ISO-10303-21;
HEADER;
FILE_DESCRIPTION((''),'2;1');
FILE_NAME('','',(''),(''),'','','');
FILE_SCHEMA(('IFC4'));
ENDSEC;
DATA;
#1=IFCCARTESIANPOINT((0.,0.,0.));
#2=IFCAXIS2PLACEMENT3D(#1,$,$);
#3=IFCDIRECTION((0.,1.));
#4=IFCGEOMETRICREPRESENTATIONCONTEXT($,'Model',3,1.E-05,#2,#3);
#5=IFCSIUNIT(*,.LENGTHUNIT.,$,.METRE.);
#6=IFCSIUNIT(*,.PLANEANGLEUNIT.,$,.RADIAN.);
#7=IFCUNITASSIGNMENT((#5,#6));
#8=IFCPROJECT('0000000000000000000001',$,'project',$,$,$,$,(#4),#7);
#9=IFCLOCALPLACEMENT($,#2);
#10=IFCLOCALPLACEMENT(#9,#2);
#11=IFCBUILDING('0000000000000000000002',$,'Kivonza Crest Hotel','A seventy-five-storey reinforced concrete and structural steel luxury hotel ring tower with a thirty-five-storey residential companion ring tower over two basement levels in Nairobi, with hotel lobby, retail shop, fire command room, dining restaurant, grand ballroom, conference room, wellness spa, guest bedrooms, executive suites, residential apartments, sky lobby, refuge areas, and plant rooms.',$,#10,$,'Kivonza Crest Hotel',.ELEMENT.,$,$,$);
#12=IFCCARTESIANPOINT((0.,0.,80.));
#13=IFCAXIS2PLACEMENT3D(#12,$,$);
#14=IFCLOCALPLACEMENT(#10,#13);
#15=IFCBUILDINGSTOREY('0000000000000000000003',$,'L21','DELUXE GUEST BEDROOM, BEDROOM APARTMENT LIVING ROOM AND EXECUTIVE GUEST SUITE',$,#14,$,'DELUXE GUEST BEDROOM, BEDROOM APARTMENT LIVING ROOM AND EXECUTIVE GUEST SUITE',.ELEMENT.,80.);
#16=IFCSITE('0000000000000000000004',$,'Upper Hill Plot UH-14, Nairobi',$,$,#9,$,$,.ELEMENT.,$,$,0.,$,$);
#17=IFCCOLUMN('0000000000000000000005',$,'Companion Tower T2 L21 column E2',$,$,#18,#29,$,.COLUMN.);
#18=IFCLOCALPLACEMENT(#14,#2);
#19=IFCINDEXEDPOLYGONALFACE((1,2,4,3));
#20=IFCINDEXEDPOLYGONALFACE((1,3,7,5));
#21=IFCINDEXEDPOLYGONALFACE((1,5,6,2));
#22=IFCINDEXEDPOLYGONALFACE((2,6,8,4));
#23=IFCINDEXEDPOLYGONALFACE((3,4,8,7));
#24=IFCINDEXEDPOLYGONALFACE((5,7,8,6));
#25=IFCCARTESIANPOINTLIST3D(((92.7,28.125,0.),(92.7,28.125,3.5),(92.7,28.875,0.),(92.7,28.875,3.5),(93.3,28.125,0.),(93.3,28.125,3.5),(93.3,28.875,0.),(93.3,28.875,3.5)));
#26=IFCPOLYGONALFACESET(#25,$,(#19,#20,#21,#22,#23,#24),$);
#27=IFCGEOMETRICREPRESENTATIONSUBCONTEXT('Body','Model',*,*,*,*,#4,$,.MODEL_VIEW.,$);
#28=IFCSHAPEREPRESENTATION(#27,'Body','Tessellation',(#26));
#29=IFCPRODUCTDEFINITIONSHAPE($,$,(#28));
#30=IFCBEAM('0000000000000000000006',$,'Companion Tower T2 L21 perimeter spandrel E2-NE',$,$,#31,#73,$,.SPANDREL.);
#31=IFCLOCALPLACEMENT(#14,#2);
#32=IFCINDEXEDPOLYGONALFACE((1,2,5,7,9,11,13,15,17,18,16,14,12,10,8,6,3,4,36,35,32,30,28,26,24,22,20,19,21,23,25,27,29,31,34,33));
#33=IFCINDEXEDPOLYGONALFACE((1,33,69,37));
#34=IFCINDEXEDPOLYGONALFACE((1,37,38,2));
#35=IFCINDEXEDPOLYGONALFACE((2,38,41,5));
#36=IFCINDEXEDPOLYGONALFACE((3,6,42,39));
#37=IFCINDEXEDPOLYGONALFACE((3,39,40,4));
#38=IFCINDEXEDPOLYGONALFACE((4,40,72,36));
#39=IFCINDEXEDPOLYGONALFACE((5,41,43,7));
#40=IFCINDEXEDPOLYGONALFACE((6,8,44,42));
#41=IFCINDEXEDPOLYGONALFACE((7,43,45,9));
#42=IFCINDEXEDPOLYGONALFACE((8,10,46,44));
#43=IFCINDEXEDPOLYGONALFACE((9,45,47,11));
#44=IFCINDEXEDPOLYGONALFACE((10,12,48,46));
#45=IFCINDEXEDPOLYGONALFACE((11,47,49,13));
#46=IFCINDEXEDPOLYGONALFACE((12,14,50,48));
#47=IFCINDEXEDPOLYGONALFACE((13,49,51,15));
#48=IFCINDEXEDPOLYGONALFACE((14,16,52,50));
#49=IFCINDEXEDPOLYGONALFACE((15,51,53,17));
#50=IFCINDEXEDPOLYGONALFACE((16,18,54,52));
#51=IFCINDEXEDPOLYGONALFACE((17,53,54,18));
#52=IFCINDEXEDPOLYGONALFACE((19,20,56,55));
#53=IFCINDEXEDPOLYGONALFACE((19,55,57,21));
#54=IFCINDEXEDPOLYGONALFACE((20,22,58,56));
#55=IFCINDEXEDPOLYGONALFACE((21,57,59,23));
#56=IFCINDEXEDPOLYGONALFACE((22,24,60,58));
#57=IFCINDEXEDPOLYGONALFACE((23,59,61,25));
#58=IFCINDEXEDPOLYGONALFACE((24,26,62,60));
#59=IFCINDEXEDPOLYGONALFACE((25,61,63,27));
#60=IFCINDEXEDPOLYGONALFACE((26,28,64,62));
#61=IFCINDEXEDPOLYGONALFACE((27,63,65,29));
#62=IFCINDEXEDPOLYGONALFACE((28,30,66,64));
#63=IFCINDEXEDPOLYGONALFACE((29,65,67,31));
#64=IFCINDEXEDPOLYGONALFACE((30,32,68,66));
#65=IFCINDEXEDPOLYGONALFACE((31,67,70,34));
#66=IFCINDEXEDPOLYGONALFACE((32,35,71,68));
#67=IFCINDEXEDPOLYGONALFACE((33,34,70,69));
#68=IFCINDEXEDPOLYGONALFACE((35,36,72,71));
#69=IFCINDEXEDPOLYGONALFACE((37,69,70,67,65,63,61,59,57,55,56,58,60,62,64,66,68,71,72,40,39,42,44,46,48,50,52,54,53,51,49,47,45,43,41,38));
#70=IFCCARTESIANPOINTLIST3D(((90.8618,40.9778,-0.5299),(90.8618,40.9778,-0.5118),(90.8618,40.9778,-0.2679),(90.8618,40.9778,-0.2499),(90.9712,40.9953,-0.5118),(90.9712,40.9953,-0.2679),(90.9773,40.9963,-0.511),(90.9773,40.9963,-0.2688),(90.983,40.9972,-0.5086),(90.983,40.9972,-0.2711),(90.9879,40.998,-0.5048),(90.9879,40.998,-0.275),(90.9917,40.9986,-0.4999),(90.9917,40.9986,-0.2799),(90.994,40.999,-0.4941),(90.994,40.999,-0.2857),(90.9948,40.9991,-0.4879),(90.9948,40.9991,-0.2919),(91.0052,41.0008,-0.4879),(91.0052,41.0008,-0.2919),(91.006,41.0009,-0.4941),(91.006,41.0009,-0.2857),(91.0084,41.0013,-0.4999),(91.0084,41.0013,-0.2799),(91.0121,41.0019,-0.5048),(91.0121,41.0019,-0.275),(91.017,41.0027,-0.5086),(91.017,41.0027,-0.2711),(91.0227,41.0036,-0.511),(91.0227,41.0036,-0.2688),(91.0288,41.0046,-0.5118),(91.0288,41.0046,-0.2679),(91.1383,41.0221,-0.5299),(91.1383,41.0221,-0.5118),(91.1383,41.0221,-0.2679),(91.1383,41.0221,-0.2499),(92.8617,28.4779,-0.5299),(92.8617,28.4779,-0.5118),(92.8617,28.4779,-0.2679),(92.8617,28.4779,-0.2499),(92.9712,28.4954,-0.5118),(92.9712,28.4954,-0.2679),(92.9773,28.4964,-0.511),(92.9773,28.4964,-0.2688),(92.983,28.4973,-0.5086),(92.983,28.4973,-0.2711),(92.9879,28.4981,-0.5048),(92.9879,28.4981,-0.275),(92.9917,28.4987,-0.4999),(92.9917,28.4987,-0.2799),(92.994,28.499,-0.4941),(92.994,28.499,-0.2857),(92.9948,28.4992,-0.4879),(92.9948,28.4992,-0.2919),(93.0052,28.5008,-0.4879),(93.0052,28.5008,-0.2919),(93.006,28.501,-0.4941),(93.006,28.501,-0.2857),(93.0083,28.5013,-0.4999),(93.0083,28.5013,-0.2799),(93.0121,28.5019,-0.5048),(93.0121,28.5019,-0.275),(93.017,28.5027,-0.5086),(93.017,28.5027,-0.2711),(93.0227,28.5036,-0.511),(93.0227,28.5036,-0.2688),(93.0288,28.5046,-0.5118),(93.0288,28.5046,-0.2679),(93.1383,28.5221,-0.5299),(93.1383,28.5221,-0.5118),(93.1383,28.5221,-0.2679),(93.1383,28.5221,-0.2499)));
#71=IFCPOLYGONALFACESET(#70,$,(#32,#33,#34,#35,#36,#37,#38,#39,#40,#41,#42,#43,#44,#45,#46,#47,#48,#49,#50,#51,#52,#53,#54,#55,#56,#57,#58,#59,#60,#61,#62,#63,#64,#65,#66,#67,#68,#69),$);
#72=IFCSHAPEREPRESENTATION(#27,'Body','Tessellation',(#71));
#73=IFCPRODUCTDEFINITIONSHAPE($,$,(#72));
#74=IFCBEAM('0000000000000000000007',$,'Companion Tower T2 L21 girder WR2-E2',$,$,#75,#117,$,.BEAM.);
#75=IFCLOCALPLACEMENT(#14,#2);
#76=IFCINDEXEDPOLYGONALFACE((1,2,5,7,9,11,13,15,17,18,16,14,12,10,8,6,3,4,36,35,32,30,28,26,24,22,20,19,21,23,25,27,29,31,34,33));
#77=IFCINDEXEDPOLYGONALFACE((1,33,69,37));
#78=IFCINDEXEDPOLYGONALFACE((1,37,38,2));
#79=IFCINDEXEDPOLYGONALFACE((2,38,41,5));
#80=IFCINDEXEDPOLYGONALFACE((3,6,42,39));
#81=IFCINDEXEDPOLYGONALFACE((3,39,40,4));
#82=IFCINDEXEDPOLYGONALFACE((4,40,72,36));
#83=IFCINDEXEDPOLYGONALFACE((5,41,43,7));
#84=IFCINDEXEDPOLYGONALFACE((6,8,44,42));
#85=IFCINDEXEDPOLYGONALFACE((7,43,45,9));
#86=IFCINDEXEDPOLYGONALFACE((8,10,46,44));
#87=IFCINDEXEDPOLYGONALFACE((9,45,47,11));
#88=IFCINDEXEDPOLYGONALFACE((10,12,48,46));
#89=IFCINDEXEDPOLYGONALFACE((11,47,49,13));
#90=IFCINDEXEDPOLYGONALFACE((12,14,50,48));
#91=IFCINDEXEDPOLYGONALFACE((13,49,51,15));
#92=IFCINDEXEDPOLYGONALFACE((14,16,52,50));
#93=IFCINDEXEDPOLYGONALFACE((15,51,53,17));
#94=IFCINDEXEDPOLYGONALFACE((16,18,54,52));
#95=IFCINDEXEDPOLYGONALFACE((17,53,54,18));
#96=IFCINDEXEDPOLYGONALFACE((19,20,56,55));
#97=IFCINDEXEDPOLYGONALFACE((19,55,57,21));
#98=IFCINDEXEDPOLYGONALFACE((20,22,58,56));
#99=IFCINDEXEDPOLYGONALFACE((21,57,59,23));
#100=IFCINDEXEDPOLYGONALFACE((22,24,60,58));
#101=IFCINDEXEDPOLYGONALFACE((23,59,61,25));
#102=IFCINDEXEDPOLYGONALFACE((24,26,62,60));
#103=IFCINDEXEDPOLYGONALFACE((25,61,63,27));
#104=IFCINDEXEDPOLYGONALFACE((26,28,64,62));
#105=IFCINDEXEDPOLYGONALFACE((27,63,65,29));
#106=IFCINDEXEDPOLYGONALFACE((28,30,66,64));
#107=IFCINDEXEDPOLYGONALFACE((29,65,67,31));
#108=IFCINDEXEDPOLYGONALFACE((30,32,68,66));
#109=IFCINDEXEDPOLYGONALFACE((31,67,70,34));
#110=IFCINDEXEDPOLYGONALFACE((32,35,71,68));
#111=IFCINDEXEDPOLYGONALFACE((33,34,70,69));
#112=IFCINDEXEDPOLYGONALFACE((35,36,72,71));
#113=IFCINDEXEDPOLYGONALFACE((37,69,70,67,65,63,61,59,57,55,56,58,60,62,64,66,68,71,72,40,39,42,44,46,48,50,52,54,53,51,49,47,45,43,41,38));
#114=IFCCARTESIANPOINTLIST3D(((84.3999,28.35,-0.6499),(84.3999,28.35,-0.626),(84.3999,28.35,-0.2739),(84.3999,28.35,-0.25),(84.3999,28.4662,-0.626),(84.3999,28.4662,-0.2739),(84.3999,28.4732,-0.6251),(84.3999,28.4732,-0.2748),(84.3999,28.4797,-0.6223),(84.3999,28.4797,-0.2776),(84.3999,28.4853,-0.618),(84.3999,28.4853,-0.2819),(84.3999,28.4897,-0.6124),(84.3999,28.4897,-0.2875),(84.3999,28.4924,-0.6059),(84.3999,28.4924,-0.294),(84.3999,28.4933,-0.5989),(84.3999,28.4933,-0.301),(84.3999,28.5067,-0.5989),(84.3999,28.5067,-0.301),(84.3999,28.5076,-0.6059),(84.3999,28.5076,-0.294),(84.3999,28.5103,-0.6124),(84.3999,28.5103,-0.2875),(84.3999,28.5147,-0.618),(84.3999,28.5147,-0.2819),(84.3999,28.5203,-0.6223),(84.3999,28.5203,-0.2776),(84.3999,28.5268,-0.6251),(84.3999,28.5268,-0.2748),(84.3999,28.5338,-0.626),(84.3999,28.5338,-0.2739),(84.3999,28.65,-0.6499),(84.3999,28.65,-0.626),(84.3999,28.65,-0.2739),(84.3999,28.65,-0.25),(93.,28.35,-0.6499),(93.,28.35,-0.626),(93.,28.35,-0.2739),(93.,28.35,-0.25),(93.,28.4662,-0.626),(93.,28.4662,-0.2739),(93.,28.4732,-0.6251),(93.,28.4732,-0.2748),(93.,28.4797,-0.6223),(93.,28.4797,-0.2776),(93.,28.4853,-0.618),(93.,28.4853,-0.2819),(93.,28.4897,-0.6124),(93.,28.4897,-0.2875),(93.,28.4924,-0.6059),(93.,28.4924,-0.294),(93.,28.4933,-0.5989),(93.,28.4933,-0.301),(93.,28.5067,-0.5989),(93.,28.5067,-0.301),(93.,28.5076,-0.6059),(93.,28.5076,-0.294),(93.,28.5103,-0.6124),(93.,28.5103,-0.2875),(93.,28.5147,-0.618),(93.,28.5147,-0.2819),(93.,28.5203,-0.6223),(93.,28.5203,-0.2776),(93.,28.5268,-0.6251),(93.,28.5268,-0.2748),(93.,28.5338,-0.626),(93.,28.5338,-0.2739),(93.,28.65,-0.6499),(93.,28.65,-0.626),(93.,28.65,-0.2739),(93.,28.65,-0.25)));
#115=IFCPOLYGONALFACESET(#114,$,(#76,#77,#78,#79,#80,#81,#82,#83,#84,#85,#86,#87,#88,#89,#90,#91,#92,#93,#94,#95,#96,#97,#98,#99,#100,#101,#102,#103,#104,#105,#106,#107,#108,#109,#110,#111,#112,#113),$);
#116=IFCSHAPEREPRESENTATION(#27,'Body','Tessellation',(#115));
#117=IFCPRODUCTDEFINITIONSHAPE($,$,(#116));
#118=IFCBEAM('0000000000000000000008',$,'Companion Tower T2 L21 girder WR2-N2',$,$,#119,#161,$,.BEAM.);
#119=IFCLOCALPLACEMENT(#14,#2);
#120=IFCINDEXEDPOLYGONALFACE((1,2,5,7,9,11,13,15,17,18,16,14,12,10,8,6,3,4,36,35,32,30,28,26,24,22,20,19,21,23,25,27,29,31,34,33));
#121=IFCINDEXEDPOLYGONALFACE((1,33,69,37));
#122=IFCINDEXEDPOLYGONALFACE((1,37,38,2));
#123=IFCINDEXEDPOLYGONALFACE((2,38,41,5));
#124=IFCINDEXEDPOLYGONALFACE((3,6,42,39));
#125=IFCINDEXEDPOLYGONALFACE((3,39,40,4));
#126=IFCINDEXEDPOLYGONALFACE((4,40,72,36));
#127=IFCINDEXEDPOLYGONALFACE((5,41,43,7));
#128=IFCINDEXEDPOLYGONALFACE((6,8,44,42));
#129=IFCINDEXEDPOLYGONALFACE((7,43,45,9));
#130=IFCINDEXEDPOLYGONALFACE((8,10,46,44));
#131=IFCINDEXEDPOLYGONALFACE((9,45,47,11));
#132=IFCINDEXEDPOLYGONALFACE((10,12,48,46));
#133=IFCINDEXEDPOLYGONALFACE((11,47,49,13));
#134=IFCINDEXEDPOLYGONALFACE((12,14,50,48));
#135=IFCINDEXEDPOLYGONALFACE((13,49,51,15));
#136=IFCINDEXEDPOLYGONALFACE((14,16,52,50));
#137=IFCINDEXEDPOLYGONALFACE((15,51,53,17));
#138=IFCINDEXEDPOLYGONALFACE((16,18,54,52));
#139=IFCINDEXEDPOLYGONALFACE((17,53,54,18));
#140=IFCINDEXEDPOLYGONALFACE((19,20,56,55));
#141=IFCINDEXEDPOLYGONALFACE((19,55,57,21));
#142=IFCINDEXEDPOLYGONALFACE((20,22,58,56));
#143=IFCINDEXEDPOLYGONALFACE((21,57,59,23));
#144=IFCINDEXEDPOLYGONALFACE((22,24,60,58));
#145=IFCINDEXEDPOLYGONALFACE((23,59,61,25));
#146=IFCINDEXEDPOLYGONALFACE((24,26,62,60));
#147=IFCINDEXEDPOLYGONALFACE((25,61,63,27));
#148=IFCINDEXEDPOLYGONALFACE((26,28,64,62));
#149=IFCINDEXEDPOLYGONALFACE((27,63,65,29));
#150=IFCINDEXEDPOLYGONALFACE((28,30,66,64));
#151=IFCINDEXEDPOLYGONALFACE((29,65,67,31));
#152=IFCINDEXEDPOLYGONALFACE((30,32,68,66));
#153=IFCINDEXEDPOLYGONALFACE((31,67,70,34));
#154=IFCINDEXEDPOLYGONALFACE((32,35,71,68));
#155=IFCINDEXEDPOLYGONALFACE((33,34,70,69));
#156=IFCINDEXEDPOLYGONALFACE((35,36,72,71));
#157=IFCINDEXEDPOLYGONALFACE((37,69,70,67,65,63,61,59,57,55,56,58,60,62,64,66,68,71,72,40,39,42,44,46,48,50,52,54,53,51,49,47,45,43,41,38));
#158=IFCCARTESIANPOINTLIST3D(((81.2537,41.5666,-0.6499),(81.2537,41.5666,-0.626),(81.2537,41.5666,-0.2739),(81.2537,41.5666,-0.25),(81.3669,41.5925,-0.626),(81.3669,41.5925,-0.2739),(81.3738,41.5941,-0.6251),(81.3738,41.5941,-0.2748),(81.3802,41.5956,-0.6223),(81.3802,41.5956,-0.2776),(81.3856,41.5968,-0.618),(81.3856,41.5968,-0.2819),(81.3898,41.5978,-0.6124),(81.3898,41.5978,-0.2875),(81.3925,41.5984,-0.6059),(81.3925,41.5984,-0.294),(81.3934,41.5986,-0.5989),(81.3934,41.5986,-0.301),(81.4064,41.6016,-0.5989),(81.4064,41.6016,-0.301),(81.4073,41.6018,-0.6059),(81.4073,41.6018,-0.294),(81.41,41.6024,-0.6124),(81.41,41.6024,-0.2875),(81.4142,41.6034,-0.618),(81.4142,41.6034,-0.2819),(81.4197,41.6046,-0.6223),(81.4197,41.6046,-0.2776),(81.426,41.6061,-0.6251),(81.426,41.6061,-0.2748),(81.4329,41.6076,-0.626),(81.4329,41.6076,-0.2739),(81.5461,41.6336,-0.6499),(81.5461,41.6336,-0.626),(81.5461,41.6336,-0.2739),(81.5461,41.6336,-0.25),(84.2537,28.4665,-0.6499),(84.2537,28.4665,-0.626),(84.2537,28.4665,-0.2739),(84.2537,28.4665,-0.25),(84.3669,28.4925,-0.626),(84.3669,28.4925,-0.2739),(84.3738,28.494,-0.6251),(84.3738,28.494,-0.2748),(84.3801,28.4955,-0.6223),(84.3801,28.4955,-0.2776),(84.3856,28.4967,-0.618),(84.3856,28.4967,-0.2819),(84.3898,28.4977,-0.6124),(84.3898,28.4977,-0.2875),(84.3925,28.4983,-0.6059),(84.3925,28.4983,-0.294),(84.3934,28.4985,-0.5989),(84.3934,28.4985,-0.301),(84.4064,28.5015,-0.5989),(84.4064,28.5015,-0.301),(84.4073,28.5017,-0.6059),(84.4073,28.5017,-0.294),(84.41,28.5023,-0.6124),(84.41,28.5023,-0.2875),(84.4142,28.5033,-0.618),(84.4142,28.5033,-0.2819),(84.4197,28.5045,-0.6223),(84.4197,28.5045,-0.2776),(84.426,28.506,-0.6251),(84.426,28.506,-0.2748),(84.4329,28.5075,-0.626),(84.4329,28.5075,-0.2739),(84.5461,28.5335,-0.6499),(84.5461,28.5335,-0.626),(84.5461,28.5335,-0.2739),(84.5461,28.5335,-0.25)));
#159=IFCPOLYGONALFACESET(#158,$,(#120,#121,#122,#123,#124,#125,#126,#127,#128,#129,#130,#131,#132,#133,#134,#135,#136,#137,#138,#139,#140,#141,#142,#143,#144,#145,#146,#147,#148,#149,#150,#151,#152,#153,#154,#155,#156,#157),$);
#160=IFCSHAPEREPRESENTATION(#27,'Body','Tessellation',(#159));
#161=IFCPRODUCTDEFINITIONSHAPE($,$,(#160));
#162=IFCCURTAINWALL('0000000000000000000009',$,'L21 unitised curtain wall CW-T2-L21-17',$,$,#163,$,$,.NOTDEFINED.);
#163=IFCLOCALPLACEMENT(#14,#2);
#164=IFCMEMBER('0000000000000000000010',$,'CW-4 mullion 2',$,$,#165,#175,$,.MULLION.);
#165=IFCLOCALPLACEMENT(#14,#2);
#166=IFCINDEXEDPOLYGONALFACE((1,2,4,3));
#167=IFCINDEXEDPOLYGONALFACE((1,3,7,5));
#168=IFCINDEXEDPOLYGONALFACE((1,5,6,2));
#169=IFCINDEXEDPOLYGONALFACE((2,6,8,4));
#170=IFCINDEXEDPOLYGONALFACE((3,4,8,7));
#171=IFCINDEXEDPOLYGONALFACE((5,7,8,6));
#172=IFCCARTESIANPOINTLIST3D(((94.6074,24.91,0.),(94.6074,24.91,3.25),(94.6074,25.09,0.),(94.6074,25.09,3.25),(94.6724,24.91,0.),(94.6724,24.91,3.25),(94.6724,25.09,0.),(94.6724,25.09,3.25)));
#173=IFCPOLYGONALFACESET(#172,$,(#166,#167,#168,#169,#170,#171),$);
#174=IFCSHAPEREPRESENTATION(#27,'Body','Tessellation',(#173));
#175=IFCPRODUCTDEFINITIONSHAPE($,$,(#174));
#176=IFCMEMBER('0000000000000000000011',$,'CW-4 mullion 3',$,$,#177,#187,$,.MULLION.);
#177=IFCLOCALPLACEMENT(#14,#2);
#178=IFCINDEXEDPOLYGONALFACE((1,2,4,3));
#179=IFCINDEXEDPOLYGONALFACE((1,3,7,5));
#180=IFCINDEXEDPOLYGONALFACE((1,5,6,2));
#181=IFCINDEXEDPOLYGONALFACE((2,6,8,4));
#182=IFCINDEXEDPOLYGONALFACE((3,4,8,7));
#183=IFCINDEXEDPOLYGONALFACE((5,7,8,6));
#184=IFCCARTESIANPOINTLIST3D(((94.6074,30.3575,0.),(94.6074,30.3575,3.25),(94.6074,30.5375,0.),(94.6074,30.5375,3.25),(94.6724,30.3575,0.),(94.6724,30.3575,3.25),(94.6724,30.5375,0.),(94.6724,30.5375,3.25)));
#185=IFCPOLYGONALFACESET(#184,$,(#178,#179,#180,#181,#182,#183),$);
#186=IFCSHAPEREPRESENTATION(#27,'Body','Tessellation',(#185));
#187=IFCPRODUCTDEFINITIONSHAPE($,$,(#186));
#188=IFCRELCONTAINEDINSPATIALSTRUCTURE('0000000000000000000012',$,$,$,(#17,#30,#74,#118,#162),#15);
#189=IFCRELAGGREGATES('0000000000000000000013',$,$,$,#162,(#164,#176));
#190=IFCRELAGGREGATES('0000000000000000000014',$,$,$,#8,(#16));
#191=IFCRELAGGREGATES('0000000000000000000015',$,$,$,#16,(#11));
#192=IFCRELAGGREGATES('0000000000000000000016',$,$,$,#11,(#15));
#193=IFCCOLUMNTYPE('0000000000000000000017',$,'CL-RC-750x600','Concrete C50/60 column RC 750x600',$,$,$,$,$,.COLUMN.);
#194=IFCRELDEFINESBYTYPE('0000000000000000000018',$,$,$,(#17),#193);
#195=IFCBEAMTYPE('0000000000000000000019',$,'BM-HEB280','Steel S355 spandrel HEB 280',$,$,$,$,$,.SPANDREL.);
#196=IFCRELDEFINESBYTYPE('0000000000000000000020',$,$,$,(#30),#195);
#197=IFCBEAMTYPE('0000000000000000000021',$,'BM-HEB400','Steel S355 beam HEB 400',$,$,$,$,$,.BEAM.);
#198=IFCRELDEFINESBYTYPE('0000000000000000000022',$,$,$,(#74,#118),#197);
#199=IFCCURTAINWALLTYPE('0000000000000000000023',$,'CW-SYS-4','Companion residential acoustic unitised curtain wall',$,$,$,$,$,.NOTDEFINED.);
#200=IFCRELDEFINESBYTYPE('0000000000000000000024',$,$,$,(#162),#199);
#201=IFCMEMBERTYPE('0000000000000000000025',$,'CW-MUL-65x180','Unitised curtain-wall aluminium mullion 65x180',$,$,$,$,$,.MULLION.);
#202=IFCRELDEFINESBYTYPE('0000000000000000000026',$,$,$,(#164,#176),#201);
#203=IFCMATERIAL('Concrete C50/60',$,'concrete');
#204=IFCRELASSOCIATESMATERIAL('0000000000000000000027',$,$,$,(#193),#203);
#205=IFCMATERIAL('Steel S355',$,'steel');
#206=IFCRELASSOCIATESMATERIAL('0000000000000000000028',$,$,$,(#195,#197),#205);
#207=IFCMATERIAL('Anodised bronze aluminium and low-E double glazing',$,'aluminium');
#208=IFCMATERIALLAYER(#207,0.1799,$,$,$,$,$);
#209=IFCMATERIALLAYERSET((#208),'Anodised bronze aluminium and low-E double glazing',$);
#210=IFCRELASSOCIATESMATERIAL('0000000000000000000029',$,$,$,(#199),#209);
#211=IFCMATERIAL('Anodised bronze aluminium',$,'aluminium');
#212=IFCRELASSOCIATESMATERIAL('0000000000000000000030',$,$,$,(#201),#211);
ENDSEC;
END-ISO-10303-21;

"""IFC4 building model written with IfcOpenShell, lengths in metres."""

from ifc_helpers import new_model, si_unit, direction, frame, origin, origin_2d, place, context, subcontext, project, spatial, rectangle, i_section, extrude, material, layer, layer_set, material_profile, profile_set, type_object, element, aggregate, save


model = new_model("IFC4")

# Units and contexts
model_context = context("Model", 3, precision=1e-05, world=origin(), true_north=direction((0.0, 1.0)))
body_context = subcontext(model_context, "Body", "Model", "MODEL_VIEW")
ifc_project = project(units=[si_unit("LENGTHUNIT", "METRE"), si_unit("PLANEANGLEUNIT", "RADIAN")], contexts=[model_context])

# Site, building, storey
site_placement = place(None, origin())
site = spatial("IfcSite", under=ifc_project, at=site_placement, Name="Upper Hill Plot UH-14, Nairobi", CompositionType="ELEMENT", RefElevation=0.0)
building_placement = place(site_placement, origin())
building = spatial("IfcBuilding", under=site, at=building_placement, Name="Kivonza Crest Hotel", Description="A seventy-five-storey reinforced concrete and structural steel luxury hotel ring tower with a thirty-five-storey residential companion ring tower over two basement levels in Nairobi, with hotel lobby, retail shop, fire command room, dining restaurant, grand ballroom, conference room, wellness spa, guest bedrooms, executive suites, residential apartments, sky lobby, refuge areas, and plant rooms.", LongName="Kivonza Crest Hotel", CompositionType="ELEMENT")
storey_placement = place(building_placement, frame((0.0, 0.0, 80.0)))
storey = spatial("IfcBuildingStorey", under=building, at=storey_placement, Name="L21", Description="DELUXE GUEST BEDROOM, BEDROOM APARTMENT LIVING ROOM AND EXECUTIVE GUEST SUITE", LongName="DELUXE GUEST BEDROOM, BEDROOM APARTMENT LIVING ROOM AND EXECUTIVE GUEST SUITE", CompositionType="ELEMENT", Elevation=80.0)

# Column
ifc_material_1 = material(Name="Concrete C50/60", Category="concrete")
ifc_material_profile_1 = material_profile(ifc_material_1, rectangle(XDim=0.6001, YDim=0.75, at=origin_2d()), Name="RC 750x600")
ifc_profile_set_1 = profile_set([ifc_material_profile_1], Name="Concrete C50/60")
column_type = type_object("IfcColumnType", Name="CL-RC-750x600", Description="Concrete C50/60 column RC 750x600", PredefinedType="COLUMN", material=ifc_profile_set_1)
column_placement = place(storey_placement, frame((93.0, 28.5, 0.0), z_axis=(0.0, 0.0, 1.0), x_axis=(1.0, 0.0, 0.0)))
element("IfcColumn", 1, at=column_placement, inside=storey, type_object=column_type, Name="Companion Tower T2 L21 column E2", PredefinedType="COLUMN", context=body_context, shape_type="SweptSolid", body=[
    extrude(rectangle(XDim=0.6001, YDim=0.75, at=origin_2d()), origin(), (0.0, 0.0, 1.0), 3.5),
])

# Beams
ifc_material_2 = material(Name="Steel S355", Category="steel")
ifc_material_profile_2 = material_profile(ifc_material_2, i_section(OverallWidth=0.28, OverallDepth=0.28, WebThickness=0.0105, FlangeThickness=0.0181, FilletRadius=0.0239, at=origin_2d()), Name="HEB 280")
ifc_profile_set_2 = profile_set([ifc_material_profile_2], Name="Steel S355")
beam_type_1 = type_object("IfcBeamType", Name="BM-HEB280", Description="Steel S355 spandrel HEB 280", PredefinedType="SPANDREL", material=ifc_profile_set_2)
beam_1_placement = place(storey_placement, frame((93.0, 28.5, -0.3899), z_axis=(-0.157991, 0.987441, 0.0), x_axis=(-0.987441, -0.157991, 0.0)))
element("IfcBeam", 2, at=beam_1_placement, inside=storey, type_object=beam_type_1, Name="Companion Tower T2 L21 perimeter spandrel E2-NE", PredefinedType="SPANDREL", context=body_context, shape_type="SweptSolid", body=[
    extrude(i_section(OverallWidth=0.28, OverallDepth=0.28, WebThickness=0.0105, FlangeThickness=0.0181, FilletRadius=0.0239, at=origin_2d()), origin(), (0.0, 0.0, 1.0), 12.6589),
])
ifc_material_profile_3 = material_profile(ifc_material_2, i_section(OverallWidth=0.3, OverallDepth=0.3999, WebThickness=0.0134, FlangeThickness=0.0239, FilletRadius=0.0271, at=origin_2d()), Name="HEB 400")
ifc_profile_set_3 = profile_set([ifc_material_profile_3], Name="Steel S355")
beam_type_2 = type_object("IfcBeamType", Name="BM-HEB400", Description="Steel S355 beam HEB 400", PredefinedType="BEAM", material=ifc_profile_set_3)
beam_2_placement = place(storey_placement, frame((84.3999, 28.5, -0.45), z_axis=(1.0, 0.0, 0.0), x_axis=(0.0, 1.0, 0.0)))
element("IfcBeam", 3, at=beam_2_placement, inside=storey, type_object=beam_type_2, Name="Companion Tower T2 L21 girder WR2-E2", PredefinedType="BEAM", context=body_context, shape_type="SweptSolid", body=[
    extrude(i_section(OverallWidth=0.3, OverallDepth=0.3999, WebThickness=0.0134, FlangeThickness=0.0239, FilletRadius=0.0271, at=origin_2d()), origin(), (0.0, 0.0, 1.0), 8.6001),
])
beam_3_placement = place(storey_placement, frame((84.3999, 28.5, -0.45), z_axis=(-0.223227, 0.974766, 0.0), x_axis=(-0.974766, -0.223227, 0.0)))
element("IfcBeam", 4, at=beam_3_placement, inside=storey, type_object=beam_type_2, Name="Companion Tower T2 L21 girder WR2-N2", PredefinedType="BEAM", context=body_context, shape_type="SweptSolid", body=[
    extrude(i_section(OverallWidth=0.3, OverallDepth=0.3999, WebThickness=0.0134, FlangeThickness=0.0239, FilletRadius=0.0271, at=origin_2d()), origin(), (0.0, 0.0, 1.0), 13.4392),
])

# Curtain wall, members
ifc_material_3 = material(Name="Anodised bronze aluminium and low-E double glazing", Category="aluminium")
ifc_layer_1 = layer(ifc_material_3, 0.1799)
ifc_layer_set_1 = layer_set([ifc_layer_1], Name="Anodised bronze aluminium and low-E double glazing")
curtain_wall_type = type_object("IfcCurtainWallType", Name="CW-SYS-4", Description="Companion residential acoustic unitised curtain wall", PredefinedType="NOTDEFINED", material=ifc_layer_set_1)
curtain_wall_placement = place(storey_placement, origin())
curtain_wall = element("IfcCurtainWall", 5, at=curtain_wall_placement, inside=storey, type_object=curtain_wall_type, Name="L21 unitised curtain wall CW-T2-L21-17", PredefinedType="NOTDEFINED")
ifc_material_4 = material(Name="Anodised bronze aluminium", Category="aluminium")
ifc_material_profile_4 = material_profile(ifc_material_4, rectangle(XDim=0.0649, YDim=0.1799, at=origin_2d()), Name="CW-M 65x180")
ifc_profile_set_4 = profile_set([ifc_material_profile_4], Name="Anodised bronze aluminium")
member_type_1 = type_object("IfcMemberType", Name="CW-MUL-65x180", Description="Unitised curtain-wall aluminium mullion 65x180", PredefinedType="MULLION", material=ifc_profile_set_4)
member_1_placement = place(storey_placement, frame((94.6399, 25.0, 0.0), z_axis=(0.0, 0.0, 1.0), x_axis=(-1.0, 0.0, 0.0)))
member_1 = element("IfcMember", 6, at=member_1_placement, type_object=member_type_1, Name="CW-4 mullion 2", PredefinedType="MULLION", context=body_context, shape_type="SweptSolid", body=[
    extrude(rectangle(XDim=0.0649, YDim=0.1799, at=origin_2d()), origin(), (0.0, 0.0, 1.0), 3.25),
])
member_2_placement = place(storey_placement, frame((94.6399, 30.4475, 0.0), z_axis=(0.0, 0.0, 1.0), x_axis=(-1.0, 0.0, 0.0)))
member_2 = element("IfcMember", 7, at=member_2_placement, type_object=member_type_1, Name="CW-4 mullion 3", PredefinedType="MULLION", context=body_context, shape_type="SweptSolid", body=[
    extrude(rectangle(XDim=0.0649, YDim=0.1799, at=origin_2d()), origin(), (0.0, 0.0, 1.0), 3.25),
])
aggregate(curtain_wall, [member_1, member_2])

save(model, "model.ifc")
